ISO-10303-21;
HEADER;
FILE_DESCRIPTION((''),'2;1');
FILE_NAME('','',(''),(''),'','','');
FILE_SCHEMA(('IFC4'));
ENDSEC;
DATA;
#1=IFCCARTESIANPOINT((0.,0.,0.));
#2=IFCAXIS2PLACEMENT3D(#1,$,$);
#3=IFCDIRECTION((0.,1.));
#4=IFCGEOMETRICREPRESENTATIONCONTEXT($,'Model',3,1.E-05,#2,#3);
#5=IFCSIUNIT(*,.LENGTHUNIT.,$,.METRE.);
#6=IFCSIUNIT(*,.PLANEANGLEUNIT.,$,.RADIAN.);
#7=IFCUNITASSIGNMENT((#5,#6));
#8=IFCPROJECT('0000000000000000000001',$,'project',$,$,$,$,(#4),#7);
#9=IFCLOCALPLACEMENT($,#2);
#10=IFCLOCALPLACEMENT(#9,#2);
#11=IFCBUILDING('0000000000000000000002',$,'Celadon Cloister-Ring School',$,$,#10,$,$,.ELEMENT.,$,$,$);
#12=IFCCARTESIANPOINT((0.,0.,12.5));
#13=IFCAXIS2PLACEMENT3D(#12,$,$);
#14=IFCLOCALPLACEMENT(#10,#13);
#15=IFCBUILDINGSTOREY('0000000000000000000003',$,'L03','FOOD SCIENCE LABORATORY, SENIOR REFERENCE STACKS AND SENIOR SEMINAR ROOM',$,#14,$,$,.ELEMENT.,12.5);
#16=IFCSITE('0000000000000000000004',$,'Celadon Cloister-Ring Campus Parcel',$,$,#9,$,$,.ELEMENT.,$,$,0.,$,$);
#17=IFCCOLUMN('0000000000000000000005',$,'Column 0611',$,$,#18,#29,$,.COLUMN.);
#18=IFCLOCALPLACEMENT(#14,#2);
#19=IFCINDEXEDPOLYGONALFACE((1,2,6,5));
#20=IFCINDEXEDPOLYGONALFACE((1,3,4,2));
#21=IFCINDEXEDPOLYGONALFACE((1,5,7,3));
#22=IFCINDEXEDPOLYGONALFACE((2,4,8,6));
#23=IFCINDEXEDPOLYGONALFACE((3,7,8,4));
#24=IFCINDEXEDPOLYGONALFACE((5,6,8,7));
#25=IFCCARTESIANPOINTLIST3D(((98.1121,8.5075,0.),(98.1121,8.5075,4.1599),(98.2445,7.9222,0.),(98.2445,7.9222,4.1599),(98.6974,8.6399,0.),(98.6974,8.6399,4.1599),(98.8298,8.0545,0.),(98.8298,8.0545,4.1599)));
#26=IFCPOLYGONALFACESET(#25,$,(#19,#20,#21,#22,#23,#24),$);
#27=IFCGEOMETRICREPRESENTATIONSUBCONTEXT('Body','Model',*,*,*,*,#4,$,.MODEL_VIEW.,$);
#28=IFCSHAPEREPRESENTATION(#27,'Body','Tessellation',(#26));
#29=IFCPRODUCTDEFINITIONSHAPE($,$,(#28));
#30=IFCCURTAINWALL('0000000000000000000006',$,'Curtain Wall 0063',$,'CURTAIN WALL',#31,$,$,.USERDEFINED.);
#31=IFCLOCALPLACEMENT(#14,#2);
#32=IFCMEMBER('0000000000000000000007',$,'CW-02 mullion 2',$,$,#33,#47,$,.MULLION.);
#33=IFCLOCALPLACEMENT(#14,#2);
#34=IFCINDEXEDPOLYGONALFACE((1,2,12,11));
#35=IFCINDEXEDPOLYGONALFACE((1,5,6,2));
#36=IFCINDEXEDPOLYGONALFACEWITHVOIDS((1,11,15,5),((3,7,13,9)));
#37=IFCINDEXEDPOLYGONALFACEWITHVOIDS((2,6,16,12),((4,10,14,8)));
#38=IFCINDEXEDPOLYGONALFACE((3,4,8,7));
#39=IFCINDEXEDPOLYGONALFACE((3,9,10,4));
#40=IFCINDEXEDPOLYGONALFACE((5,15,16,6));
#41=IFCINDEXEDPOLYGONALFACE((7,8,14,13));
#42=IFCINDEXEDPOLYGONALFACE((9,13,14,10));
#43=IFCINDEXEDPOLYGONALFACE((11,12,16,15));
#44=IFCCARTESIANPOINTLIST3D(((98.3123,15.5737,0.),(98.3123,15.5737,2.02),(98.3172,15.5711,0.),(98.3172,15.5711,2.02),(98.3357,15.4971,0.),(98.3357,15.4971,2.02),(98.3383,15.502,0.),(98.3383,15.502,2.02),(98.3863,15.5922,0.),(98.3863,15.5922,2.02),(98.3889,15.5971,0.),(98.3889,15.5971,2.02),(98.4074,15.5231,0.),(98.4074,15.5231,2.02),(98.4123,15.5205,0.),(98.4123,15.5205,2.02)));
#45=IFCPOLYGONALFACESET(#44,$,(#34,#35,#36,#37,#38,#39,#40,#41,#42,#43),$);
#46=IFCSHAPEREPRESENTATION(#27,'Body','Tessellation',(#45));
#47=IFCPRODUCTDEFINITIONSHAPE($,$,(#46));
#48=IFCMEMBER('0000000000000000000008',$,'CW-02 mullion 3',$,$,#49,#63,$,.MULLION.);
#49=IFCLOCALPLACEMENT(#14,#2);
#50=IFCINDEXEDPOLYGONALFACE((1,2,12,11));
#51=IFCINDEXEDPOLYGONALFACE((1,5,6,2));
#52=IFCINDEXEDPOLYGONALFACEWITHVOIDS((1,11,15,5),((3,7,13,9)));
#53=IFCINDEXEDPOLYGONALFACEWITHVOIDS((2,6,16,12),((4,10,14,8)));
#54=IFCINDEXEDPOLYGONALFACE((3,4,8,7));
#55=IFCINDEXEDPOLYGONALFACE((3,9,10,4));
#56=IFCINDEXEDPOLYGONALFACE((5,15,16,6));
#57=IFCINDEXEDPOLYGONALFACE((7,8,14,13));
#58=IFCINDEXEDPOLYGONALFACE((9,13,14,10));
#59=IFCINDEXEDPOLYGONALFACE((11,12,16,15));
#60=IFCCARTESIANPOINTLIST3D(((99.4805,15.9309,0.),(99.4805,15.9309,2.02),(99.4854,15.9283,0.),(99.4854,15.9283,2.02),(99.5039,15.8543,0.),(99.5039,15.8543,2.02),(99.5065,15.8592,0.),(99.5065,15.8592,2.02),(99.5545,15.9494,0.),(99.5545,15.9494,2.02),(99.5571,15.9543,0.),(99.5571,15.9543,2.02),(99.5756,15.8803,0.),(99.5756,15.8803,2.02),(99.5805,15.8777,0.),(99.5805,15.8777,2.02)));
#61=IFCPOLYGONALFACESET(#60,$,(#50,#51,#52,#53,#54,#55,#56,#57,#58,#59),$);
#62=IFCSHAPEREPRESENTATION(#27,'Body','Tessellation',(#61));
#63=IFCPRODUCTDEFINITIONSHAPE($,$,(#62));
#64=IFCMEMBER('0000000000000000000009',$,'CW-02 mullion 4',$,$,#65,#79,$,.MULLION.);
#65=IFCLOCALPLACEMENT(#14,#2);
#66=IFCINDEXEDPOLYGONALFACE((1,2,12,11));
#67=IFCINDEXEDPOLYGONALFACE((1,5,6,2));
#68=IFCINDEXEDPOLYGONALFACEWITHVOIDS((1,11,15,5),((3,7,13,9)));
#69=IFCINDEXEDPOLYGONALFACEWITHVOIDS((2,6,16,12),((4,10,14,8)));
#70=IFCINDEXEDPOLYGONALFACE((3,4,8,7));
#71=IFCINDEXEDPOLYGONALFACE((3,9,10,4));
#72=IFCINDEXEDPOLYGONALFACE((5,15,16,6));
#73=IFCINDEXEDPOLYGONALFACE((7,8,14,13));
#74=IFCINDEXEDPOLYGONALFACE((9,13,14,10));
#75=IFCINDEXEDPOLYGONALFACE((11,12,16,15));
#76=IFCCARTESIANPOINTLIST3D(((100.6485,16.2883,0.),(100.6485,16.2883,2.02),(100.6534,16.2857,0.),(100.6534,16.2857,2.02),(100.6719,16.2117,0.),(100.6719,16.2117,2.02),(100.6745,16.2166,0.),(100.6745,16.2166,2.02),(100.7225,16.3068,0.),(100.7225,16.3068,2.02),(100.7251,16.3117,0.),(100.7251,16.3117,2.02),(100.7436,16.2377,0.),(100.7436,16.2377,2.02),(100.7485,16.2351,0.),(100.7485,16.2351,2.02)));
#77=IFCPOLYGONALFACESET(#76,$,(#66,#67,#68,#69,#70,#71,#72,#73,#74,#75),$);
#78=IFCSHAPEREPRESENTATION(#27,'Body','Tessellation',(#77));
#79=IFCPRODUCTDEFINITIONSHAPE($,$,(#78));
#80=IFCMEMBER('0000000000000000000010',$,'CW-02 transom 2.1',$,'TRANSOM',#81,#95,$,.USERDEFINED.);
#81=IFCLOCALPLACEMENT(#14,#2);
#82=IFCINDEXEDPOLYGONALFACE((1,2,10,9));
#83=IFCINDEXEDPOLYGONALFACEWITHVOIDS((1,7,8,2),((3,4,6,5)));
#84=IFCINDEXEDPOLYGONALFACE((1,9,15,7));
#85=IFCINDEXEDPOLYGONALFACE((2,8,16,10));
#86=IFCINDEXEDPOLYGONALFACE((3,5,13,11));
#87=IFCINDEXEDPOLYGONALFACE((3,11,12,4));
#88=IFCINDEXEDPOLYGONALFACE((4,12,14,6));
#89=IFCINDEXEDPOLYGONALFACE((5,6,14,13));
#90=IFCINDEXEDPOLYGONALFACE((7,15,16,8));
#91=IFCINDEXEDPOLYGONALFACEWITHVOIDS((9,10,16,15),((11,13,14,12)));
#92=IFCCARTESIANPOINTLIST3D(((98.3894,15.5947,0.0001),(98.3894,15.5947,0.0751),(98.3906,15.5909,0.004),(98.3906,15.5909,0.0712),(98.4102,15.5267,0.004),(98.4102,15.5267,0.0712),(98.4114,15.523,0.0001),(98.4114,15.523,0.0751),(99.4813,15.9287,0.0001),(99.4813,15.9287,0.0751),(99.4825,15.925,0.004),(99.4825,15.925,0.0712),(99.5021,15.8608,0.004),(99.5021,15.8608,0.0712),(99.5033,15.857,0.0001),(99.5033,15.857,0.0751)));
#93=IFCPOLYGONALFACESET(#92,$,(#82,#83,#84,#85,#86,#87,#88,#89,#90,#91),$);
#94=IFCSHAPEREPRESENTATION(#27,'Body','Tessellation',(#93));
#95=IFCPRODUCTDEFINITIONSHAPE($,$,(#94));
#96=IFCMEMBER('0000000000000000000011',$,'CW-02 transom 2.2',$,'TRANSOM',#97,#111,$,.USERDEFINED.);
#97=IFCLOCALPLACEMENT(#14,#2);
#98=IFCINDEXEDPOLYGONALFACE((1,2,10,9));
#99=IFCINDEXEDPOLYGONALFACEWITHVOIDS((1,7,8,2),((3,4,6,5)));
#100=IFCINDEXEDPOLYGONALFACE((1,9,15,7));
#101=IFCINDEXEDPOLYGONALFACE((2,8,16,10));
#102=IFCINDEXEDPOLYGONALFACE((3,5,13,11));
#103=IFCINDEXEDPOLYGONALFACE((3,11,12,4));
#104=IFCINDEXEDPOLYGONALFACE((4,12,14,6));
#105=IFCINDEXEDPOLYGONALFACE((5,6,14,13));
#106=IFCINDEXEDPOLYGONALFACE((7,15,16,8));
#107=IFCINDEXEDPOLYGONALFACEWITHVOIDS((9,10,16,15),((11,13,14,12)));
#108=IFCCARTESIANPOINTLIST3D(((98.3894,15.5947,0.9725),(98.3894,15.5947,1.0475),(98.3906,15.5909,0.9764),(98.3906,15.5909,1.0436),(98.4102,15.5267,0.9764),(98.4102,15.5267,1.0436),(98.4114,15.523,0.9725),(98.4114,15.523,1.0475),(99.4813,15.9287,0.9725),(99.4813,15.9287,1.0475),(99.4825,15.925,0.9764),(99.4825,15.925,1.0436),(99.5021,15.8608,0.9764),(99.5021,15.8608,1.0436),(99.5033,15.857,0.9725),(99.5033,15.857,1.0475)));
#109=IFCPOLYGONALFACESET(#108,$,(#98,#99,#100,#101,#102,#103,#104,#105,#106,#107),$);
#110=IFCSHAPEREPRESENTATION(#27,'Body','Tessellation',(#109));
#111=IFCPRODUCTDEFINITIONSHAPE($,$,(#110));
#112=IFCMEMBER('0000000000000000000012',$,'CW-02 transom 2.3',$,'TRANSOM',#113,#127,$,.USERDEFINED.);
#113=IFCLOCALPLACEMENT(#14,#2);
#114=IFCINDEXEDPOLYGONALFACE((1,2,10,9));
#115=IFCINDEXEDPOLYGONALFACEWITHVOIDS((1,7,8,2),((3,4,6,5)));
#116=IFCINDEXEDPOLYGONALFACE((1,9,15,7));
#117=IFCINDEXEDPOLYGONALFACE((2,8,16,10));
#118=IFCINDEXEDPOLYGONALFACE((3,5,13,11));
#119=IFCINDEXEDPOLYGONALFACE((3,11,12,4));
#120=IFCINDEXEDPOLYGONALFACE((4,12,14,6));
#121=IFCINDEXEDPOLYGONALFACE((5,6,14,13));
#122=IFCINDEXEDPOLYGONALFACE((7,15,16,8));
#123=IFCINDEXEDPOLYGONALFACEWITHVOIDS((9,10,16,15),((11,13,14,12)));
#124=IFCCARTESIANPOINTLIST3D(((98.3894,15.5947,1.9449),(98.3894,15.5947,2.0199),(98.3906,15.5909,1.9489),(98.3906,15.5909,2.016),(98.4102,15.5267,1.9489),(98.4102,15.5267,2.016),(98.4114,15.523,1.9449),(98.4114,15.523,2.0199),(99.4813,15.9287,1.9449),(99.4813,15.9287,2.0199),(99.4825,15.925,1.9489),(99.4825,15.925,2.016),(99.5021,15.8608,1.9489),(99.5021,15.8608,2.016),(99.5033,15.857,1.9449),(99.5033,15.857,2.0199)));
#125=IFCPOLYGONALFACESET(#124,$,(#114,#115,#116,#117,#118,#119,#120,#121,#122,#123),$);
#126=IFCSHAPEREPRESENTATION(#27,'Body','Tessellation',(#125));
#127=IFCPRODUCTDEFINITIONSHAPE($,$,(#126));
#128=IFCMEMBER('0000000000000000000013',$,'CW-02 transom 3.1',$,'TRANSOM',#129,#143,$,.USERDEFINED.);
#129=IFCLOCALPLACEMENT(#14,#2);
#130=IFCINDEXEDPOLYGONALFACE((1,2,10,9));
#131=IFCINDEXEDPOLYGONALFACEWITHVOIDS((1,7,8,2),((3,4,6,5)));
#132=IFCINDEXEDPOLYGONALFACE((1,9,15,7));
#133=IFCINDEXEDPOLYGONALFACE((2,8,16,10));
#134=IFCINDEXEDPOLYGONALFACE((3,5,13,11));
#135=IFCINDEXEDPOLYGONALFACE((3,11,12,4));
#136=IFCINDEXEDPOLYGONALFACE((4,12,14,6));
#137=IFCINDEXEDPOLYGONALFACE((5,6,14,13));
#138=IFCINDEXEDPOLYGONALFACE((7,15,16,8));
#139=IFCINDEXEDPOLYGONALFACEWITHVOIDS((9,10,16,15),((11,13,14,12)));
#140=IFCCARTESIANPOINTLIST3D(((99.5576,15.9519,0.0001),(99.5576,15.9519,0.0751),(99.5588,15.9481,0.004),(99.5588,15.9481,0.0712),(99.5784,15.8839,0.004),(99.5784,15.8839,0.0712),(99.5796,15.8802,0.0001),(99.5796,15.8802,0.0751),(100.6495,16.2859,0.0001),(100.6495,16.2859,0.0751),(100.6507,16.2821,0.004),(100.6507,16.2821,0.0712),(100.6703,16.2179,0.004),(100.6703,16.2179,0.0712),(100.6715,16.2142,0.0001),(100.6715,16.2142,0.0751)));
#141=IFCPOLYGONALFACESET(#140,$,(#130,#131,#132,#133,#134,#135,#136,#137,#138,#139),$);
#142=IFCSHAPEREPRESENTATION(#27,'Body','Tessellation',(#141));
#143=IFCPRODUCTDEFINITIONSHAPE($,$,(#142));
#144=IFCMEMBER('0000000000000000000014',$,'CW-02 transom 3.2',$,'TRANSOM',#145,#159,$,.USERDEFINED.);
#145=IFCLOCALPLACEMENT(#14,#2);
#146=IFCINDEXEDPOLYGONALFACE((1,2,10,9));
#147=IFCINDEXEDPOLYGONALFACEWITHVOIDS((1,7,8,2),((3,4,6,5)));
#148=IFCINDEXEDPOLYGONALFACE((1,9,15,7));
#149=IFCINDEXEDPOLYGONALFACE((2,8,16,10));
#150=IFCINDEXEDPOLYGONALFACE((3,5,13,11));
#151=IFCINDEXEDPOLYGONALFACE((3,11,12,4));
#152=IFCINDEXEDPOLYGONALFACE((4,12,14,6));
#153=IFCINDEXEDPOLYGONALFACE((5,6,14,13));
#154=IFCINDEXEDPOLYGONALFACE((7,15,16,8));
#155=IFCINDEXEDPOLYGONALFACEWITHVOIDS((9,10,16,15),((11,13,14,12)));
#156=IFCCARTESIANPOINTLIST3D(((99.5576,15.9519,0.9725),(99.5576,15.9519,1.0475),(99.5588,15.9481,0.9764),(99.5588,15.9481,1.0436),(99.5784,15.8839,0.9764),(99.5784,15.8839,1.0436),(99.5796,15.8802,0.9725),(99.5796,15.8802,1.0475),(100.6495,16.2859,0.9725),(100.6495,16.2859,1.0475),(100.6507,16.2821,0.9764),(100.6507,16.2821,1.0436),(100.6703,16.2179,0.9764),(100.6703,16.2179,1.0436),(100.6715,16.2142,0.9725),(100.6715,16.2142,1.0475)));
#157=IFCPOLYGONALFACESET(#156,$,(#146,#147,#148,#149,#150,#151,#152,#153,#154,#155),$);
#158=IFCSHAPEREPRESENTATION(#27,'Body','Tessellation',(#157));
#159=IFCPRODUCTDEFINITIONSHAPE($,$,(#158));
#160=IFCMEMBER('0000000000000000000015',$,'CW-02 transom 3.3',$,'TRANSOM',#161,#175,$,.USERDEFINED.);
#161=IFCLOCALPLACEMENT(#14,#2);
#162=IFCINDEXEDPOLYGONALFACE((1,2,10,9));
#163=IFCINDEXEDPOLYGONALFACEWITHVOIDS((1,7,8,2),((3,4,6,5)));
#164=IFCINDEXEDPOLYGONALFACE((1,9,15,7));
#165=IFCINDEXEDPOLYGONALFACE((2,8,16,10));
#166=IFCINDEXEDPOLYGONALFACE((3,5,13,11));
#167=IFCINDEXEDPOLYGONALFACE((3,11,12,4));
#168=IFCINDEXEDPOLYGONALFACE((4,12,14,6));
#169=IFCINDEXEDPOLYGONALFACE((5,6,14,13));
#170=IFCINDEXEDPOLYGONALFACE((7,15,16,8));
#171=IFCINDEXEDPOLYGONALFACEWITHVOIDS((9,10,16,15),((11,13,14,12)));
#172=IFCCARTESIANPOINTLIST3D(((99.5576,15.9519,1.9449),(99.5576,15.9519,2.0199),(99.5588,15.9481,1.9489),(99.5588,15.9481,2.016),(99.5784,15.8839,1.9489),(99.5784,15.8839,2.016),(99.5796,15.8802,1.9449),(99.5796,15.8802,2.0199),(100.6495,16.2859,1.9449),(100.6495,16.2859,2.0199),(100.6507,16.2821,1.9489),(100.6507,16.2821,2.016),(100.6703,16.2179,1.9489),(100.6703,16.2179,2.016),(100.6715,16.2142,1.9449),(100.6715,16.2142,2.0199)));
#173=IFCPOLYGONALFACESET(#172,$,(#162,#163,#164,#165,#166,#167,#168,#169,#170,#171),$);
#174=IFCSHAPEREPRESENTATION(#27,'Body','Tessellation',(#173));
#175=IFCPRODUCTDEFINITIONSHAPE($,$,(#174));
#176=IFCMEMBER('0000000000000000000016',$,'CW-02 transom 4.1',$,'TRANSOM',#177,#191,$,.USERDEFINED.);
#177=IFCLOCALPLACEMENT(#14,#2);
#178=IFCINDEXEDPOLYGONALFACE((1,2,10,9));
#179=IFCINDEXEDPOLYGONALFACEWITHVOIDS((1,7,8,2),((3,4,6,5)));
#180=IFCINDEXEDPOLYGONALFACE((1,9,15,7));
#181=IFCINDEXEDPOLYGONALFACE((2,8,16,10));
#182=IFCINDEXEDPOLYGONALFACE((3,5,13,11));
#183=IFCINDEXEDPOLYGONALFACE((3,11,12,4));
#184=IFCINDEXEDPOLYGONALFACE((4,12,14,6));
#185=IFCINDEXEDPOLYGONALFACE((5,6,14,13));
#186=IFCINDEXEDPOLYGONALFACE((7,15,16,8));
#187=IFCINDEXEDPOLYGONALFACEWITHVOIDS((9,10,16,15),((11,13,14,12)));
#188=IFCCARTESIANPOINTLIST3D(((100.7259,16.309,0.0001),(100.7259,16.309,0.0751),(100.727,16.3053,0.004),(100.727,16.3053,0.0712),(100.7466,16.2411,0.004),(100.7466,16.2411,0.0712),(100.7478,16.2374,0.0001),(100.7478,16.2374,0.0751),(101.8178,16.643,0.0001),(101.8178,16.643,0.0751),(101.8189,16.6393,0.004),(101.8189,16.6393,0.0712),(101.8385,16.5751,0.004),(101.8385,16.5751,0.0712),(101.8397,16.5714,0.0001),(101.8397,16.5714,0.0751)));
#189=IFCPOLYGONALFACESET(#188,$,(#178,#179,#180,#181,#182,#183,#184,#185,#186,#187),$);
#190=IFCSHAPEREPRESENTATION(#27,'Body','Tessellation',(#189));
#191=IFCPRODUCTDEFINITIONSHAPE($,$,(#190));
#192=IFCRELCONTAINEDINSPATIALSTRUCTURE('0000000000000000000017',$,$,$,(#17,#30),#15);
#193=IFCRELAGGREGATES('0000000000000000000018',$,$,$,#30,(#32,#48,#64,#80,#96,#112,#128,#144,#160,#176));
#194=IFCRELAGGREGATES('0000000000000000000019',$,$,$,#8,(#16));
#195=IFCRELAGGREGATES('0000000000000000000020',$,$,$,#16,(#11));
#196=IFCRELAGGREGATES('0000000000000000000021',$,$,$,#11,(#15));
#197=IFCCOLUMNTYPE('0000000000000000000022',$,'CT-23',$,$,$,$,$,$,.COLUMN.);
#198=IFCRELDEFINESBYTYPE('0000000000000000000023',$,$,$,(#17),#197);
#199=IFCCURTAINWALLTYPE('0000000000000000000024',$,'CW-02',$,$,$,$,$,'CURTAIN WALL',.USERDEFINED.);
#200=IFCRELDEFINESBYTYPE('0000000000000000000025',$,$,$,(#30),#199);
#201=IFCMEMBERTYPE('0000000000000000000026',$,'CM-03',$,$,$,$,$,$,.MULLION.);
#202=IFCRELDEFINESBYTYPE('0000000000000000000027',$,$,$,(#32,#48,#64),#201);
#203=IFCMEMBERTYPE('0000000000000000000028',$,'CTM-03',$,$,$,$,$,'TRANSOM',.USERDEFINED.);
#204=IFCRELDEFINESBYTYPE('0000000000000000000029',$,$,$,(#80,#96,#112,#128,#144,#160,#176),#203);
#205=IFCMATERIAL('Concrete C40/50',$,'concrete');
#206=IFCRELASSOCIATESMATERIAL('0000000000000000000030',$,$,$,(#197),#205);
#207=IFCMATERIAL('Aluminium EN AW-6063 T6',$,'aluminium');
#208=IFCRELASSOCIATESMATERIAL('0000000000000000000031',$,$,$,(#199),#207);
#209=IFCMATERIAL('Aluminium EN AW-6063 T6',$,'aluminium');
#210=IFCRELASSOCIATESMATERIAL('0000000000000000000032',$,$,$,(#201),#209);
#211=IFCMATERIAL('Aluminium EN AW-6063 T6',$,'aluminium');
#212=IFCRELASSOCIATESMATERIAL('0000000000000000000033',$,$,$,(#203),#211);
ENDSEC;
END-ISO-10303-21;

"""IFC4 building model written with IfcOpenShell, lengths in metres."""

from ifc_helpers import new_model, si_unit, direction, frame, origin, origin_2d, place, context, subcontext, project, spatial, rectangle, hollow_rectangle, extrude, material, material_profile, profile_set, type_object, element, aggregate, save


model = new_model("IFC4")

# Units and contexts
model_context = context("Model", 3, precision=1e-05, world=origin(), true_north=direction((0.0, 1.0)))
body_context = subcontext(model_context, "Body", "Model", "MODEL_VIEW")
ifc_project = project(units=[si_unit("LENGTHUNIT", "METRE"), si_unit("PLANEANGLEUNIT", "RADIAN")], contexts=[model_context])

# Site, building, storey
site_placement = place(None, origin())
site = spatial("IfcSite", under=ifc_project, at=site_placement, Name="Celadon Cloister-Ring Campus Parcel", CompositionType="ELEMENT", RefElevation=0.0)
building_placement = place(site_placement, origin())
building = spatial("IfcBuilding", under=site, at=building_placement, Name="Celadon Cloister-Ring School", CompositionType="ELEMENT")
storey_placement = place(building_placement, frame((0.0, 0.0, 12.5)))
storey = spatial("IfcBuildingStorey", under=building, at=storey_placement, Name="L03", Description="FOOD SCIENCE LABORATORY, SENIOR REFERENCE STACKS AND SENIOR SEMINAR ROOM", CompositionType="ELEMENT", Elevation=12.5)

# Column
ifc_material_1 = material(Name="Concrete C40/50", Category="concrete")
ifc_material_profile_1 = material_profile(ifc_material_1, rectangle(XDim=0.6001, YDim=0.6001, at=origin_2d()), Name="RC600X600")
ifc_profile_set_1 = profile_set([ifc_material_profile_1], Name="Concrete C40/50")
column_type = type_object("IfcColumnType", Name="CT-23", PredefinedType="COLUMN", material=ifc_profile_set_1)
column_placement = place(storey_placement, frame((98.4709, 8.281, 0.0), z_axis=(0.0, 0.0, 1.0), x_axis=(0.220595, -0.975365, 0.0)))
element("IfcColumn", 1, at=column_placement, inside=storey, type_object=column_type, Name="Column 0611", PredefinedType="COLUMN", context=body_context, shape_type="SweptSolid", body=[
    extrude(rectangle(XDim=0.6001, YDim=0.6001, at=origin_2d()), origin(), (0.0, 0.0, 1.0), 4.1599),
])

# Curtain wall, members
ifc_material_2 = material(Name="Aluminium EN AW-6063 T6", Category="aluminium")
curtain_wall_type = type_object("IfcCurtainWallType", Name="CW-02", ElementType="CURTAIN WALL", PredefinedType="USERDEFINED", material=ifc_material_2)
curtain_wall_placement = place(storey_placement, origin())
curtain_wall = element("IfcCurtainWall", 2, at=curtain_wall_placement, inside=storey, type_object=curtain_wall_type, Name="Curtain Wall 0063", ObjectType="CURTAIN WALL", PredefinedType="USERDEFINED")
ifc_material_3 = material(Name="Aluminium EN AW-6063 T6", Category="aluminium")
ifc_material_profile_2 = material_profile(ifc_material_3, hollow_rectangle(XDim=0.0801, YDim=0.0801, WallThickness=0.0039, at=origin_2d()), Name="RHS80X80X4")
ifc_profile_set_2 = profile_set([ifc_material_profile_2], Name="Aluminium EN AW-6063 T6")
member_type_1 = type_object("IfcMemberType", Name="CM-03", PredefinedType="MULLION", material=ifc_profile_set_2)
member_1_placement = place(storey_placement, frame((98.3623, 15.5471, 0.0), z_axis=(0.0, 0.0, 1.0), x_axis=(-0.292406, 0.956294, 0.0)))
member_1 = element("IfcMember", 3, at=member_1_placement, type_object=member_type_1, Name="CW-02 mullion 2", PredefinedType="MULLION", context=body_context, shape_type="SweptSolid", body=[
    extrude(hollow_rectangle(XDim=0.0801, YDim=0.0801, WallThickness=0.0039, at=origin_2d()), origin(), (0.0, 0.0, 1.0), 2.02),
])
member_2_placement = place(storey_placement, frame((99.5305, 15.9043, 0.0), z_axis=(0.0, 0.0, 1.0), x_axis=(-0.292406, 0.956294, 0.0)))
member_2 = element("IfcMember", 4, at=member_2_placement, type_object=member_type_1, Name="CW-02 mullion 3", PredefinedType="MULLION", context=body_context, shape_type="SweptSolid", body=[
    extrude(hollow_rectangle(XDim=0.0801, YDim=0.0801, WallThickness=0.0039, at=origin_2d()), origin(), (0.0, 0.0, 1.0), 2.02),
])
member_3_placement = place(storey_placement, frame((100.6985, 16.2617, 0.0), z_axis=(0.0, 0.0, 1.0), x_axis=(-0.292406, 0.956294, 0.0)))
member_3 = element("IfcMember", 5, at=member_3_placement, type_object=member_type_1, Name="CW-02 mullion 4", PredefinedType="MULLION", context=body_context, shape_type="SweptSolid", body=[
    extrude(hollow_rectangle(XDim=0.0801, YDim=0.0801, WallThickness=0.0039, at=origin_2d()), origin(), (0.0, 0.0, 1.0), 2.02),
])
ifc_material_4 = material(Name="Aluminium EN AW-6063 T6", Category="aluminium")
ifc_material_profile_3 = material_profile(ifc_material_4, hollow_rectangle(XDim=0.075, YDim=0.075, WallThickness=0.0039, at=origin_2d()), Name="RHS75X75X4")
ifc_profile_set_3 = profile_set([ifc_material_profile_3], Name="Aluminium EN AW-6063 T6")
member_type_2 = type_object("IfcMemberType", Name="CTM-03", ElementType="TRANSOM", PredefinedType="USERDEFINED", material=ifc_profile_set_3)
member_4_placement = place(storey_placement, frame((98.4004, 15.5588, 0.0376), z_axis=(0.956259, 0.292523, 0.0), x_axis=(-0.292523, 0.956259, 0.0)))
member_4 = element("IfcMember", 6, at=member_4_placement, type_object=member_type_2, Name="CW-02 transom 2.1", ObjectType="TRANSOM", PredefinedType="USERDEFINED", context=body_context, shape_type="SweptSolid", body=[
    extrude(hollow_rectangle(XDim=0.075, YDim=0.075, WallThickness=0.0039, at=origin_2d()), origin(), (0.0, 0.0, 1.0), 1.1418),
])
member_5_placement = place(storey_placement, frame((98.4004, 15.5588, 1.01), z_axis=(0.956259, 0.292523, 0.0), x_axis=(-0.292523, 0.956259, 0.0)))
member_5 = element("IfcMember", 7, at=member_5_placement, type_object=member_type_2, Name="CW-02 transom 2.2", ObjectType="TRANSOM", PredefinedType="USERDEFINED", context=body_context, shape_type="SweptSolid", body=[
    extrude(hollow_rectangle(XDim=0.075, YDim=0.075, WallThickness=0.0039, at=origin_2d()), origin(), (0.0, 0.0, 1.0), 1.1418),
])
member_6_placement = place(storey_placement, frame((98.4004, 15.5588, 1.9824), z_axis=(0.956259, 0.292523, 0.0), x_axis=(-0.292523, 0.956259, 0.0)))
member_6 = element("IfcMember", 8, at=member_6_placement, type_object=member_type_2, Name="CW-02 transom 2.3", ObjectType="TRANSOM", PredefinedType="USERDEFINED", context=body_context, shape_type="SweptSolid", body=[
    extrude(hollow_rectangle(XDim=0.075, YDim=0.075, WallThickness=0.0039, at=origin_2d()), origin(), (0.0, 0.0, 1.0), 1.1418),
])
member_7_placement = place(storey_placement, frame((99.5686, 15.916, 0.0376), z_axis=(0.956259, 0.292523, 0.0), x_axis=(-0.292523, 0.956259, 0.0)))
member_7 = element("IfcMember", 9, at=member_7_placement, type_object=member_type_2, Name="CW-02 transom 3.1", ObjectType="TRANSOM", PredefinedType="USERDEFINED", context=body_context, shape_type="SweptSolid", body=[
    extrude(hollow_rectangle(XDim=0.075, YDim=0.075, WallThickness=0.0039, at=origin_2d()), origin(), (0.0, 0.0, 1.0), 1.1418),
])
member_8_placement = place(storey_placement, frame((99.5686, 15.916, 1.01), z_axis=(0.956259, 0.292523, 0.0), x_axis=(-0.292523, 0.956259, 0.0)))
member_8 = element("IfcMember", 10, at=member_8_placement, type_object=member_type_2, Name="CW-02 transom 3.2", ObjectType="TRANSOM", PredefinedType="USERDEFINED", context=body_context, shape_type="SweptSolid", body=[
    extrude(hollow_rectangle(XDim=0.075, YDim=0.075, WallThickness=0.0039, at=origin_2d()), origin(), (0.0, 0.0, 1.0), 1.1418),
])
member_9_placement = place(storey_placement, frame((99.5686, 15.916, 1.9824), z_axis=(0.956259, 0.292523, 0.0), x_axis=(-0.292523, 0.956259, 0.0)))
member_9 = element("IfcMember", 11, at=member_9_placement, type_object=member_type_2, Name="CW-02 transom 3.3", ObjectType="TRANSOM", PredefinedType="USERDEFINED", context=body_context, shape_type="SweptSolid", body=[
    extrude(hollow_rectangle(XDim=0.075, YDim=0.075, WallThickness=0.0039, at=origin_2d()), origin(), (0.0, 0.0, 1.0), 1.1418),
])
member_10_placement = place(storey_placement, frame((100.7368, 16.2732, 0.0376), z_axis=(0.956259, 0.292523, 0.0), x_axis=(-0.292523, 0.956259, 0.0)))
member_10 = element("IfcMember", 12, at=member_10_placement, type_object=member_type_2, Name="CW-02 transom 4.1", ObjectType="TRANSOM", PredefinedType="USERDEFINED", context=body_context, shape_type="SweptSolid", body=[
    extrude(hollow_rectangle(XDim=0.075, YDim=0.075, WallThickness=0.0039, at=origin_2d()), origin(), (0.0, 0.0, 1.0), 1.1418),
])

aggregate(curtain_wall, [member_1, member_2, member_3, member_4, member_5, member_6, member_7, member_8, member_9, member_10])

save(model, "model.ifc")
